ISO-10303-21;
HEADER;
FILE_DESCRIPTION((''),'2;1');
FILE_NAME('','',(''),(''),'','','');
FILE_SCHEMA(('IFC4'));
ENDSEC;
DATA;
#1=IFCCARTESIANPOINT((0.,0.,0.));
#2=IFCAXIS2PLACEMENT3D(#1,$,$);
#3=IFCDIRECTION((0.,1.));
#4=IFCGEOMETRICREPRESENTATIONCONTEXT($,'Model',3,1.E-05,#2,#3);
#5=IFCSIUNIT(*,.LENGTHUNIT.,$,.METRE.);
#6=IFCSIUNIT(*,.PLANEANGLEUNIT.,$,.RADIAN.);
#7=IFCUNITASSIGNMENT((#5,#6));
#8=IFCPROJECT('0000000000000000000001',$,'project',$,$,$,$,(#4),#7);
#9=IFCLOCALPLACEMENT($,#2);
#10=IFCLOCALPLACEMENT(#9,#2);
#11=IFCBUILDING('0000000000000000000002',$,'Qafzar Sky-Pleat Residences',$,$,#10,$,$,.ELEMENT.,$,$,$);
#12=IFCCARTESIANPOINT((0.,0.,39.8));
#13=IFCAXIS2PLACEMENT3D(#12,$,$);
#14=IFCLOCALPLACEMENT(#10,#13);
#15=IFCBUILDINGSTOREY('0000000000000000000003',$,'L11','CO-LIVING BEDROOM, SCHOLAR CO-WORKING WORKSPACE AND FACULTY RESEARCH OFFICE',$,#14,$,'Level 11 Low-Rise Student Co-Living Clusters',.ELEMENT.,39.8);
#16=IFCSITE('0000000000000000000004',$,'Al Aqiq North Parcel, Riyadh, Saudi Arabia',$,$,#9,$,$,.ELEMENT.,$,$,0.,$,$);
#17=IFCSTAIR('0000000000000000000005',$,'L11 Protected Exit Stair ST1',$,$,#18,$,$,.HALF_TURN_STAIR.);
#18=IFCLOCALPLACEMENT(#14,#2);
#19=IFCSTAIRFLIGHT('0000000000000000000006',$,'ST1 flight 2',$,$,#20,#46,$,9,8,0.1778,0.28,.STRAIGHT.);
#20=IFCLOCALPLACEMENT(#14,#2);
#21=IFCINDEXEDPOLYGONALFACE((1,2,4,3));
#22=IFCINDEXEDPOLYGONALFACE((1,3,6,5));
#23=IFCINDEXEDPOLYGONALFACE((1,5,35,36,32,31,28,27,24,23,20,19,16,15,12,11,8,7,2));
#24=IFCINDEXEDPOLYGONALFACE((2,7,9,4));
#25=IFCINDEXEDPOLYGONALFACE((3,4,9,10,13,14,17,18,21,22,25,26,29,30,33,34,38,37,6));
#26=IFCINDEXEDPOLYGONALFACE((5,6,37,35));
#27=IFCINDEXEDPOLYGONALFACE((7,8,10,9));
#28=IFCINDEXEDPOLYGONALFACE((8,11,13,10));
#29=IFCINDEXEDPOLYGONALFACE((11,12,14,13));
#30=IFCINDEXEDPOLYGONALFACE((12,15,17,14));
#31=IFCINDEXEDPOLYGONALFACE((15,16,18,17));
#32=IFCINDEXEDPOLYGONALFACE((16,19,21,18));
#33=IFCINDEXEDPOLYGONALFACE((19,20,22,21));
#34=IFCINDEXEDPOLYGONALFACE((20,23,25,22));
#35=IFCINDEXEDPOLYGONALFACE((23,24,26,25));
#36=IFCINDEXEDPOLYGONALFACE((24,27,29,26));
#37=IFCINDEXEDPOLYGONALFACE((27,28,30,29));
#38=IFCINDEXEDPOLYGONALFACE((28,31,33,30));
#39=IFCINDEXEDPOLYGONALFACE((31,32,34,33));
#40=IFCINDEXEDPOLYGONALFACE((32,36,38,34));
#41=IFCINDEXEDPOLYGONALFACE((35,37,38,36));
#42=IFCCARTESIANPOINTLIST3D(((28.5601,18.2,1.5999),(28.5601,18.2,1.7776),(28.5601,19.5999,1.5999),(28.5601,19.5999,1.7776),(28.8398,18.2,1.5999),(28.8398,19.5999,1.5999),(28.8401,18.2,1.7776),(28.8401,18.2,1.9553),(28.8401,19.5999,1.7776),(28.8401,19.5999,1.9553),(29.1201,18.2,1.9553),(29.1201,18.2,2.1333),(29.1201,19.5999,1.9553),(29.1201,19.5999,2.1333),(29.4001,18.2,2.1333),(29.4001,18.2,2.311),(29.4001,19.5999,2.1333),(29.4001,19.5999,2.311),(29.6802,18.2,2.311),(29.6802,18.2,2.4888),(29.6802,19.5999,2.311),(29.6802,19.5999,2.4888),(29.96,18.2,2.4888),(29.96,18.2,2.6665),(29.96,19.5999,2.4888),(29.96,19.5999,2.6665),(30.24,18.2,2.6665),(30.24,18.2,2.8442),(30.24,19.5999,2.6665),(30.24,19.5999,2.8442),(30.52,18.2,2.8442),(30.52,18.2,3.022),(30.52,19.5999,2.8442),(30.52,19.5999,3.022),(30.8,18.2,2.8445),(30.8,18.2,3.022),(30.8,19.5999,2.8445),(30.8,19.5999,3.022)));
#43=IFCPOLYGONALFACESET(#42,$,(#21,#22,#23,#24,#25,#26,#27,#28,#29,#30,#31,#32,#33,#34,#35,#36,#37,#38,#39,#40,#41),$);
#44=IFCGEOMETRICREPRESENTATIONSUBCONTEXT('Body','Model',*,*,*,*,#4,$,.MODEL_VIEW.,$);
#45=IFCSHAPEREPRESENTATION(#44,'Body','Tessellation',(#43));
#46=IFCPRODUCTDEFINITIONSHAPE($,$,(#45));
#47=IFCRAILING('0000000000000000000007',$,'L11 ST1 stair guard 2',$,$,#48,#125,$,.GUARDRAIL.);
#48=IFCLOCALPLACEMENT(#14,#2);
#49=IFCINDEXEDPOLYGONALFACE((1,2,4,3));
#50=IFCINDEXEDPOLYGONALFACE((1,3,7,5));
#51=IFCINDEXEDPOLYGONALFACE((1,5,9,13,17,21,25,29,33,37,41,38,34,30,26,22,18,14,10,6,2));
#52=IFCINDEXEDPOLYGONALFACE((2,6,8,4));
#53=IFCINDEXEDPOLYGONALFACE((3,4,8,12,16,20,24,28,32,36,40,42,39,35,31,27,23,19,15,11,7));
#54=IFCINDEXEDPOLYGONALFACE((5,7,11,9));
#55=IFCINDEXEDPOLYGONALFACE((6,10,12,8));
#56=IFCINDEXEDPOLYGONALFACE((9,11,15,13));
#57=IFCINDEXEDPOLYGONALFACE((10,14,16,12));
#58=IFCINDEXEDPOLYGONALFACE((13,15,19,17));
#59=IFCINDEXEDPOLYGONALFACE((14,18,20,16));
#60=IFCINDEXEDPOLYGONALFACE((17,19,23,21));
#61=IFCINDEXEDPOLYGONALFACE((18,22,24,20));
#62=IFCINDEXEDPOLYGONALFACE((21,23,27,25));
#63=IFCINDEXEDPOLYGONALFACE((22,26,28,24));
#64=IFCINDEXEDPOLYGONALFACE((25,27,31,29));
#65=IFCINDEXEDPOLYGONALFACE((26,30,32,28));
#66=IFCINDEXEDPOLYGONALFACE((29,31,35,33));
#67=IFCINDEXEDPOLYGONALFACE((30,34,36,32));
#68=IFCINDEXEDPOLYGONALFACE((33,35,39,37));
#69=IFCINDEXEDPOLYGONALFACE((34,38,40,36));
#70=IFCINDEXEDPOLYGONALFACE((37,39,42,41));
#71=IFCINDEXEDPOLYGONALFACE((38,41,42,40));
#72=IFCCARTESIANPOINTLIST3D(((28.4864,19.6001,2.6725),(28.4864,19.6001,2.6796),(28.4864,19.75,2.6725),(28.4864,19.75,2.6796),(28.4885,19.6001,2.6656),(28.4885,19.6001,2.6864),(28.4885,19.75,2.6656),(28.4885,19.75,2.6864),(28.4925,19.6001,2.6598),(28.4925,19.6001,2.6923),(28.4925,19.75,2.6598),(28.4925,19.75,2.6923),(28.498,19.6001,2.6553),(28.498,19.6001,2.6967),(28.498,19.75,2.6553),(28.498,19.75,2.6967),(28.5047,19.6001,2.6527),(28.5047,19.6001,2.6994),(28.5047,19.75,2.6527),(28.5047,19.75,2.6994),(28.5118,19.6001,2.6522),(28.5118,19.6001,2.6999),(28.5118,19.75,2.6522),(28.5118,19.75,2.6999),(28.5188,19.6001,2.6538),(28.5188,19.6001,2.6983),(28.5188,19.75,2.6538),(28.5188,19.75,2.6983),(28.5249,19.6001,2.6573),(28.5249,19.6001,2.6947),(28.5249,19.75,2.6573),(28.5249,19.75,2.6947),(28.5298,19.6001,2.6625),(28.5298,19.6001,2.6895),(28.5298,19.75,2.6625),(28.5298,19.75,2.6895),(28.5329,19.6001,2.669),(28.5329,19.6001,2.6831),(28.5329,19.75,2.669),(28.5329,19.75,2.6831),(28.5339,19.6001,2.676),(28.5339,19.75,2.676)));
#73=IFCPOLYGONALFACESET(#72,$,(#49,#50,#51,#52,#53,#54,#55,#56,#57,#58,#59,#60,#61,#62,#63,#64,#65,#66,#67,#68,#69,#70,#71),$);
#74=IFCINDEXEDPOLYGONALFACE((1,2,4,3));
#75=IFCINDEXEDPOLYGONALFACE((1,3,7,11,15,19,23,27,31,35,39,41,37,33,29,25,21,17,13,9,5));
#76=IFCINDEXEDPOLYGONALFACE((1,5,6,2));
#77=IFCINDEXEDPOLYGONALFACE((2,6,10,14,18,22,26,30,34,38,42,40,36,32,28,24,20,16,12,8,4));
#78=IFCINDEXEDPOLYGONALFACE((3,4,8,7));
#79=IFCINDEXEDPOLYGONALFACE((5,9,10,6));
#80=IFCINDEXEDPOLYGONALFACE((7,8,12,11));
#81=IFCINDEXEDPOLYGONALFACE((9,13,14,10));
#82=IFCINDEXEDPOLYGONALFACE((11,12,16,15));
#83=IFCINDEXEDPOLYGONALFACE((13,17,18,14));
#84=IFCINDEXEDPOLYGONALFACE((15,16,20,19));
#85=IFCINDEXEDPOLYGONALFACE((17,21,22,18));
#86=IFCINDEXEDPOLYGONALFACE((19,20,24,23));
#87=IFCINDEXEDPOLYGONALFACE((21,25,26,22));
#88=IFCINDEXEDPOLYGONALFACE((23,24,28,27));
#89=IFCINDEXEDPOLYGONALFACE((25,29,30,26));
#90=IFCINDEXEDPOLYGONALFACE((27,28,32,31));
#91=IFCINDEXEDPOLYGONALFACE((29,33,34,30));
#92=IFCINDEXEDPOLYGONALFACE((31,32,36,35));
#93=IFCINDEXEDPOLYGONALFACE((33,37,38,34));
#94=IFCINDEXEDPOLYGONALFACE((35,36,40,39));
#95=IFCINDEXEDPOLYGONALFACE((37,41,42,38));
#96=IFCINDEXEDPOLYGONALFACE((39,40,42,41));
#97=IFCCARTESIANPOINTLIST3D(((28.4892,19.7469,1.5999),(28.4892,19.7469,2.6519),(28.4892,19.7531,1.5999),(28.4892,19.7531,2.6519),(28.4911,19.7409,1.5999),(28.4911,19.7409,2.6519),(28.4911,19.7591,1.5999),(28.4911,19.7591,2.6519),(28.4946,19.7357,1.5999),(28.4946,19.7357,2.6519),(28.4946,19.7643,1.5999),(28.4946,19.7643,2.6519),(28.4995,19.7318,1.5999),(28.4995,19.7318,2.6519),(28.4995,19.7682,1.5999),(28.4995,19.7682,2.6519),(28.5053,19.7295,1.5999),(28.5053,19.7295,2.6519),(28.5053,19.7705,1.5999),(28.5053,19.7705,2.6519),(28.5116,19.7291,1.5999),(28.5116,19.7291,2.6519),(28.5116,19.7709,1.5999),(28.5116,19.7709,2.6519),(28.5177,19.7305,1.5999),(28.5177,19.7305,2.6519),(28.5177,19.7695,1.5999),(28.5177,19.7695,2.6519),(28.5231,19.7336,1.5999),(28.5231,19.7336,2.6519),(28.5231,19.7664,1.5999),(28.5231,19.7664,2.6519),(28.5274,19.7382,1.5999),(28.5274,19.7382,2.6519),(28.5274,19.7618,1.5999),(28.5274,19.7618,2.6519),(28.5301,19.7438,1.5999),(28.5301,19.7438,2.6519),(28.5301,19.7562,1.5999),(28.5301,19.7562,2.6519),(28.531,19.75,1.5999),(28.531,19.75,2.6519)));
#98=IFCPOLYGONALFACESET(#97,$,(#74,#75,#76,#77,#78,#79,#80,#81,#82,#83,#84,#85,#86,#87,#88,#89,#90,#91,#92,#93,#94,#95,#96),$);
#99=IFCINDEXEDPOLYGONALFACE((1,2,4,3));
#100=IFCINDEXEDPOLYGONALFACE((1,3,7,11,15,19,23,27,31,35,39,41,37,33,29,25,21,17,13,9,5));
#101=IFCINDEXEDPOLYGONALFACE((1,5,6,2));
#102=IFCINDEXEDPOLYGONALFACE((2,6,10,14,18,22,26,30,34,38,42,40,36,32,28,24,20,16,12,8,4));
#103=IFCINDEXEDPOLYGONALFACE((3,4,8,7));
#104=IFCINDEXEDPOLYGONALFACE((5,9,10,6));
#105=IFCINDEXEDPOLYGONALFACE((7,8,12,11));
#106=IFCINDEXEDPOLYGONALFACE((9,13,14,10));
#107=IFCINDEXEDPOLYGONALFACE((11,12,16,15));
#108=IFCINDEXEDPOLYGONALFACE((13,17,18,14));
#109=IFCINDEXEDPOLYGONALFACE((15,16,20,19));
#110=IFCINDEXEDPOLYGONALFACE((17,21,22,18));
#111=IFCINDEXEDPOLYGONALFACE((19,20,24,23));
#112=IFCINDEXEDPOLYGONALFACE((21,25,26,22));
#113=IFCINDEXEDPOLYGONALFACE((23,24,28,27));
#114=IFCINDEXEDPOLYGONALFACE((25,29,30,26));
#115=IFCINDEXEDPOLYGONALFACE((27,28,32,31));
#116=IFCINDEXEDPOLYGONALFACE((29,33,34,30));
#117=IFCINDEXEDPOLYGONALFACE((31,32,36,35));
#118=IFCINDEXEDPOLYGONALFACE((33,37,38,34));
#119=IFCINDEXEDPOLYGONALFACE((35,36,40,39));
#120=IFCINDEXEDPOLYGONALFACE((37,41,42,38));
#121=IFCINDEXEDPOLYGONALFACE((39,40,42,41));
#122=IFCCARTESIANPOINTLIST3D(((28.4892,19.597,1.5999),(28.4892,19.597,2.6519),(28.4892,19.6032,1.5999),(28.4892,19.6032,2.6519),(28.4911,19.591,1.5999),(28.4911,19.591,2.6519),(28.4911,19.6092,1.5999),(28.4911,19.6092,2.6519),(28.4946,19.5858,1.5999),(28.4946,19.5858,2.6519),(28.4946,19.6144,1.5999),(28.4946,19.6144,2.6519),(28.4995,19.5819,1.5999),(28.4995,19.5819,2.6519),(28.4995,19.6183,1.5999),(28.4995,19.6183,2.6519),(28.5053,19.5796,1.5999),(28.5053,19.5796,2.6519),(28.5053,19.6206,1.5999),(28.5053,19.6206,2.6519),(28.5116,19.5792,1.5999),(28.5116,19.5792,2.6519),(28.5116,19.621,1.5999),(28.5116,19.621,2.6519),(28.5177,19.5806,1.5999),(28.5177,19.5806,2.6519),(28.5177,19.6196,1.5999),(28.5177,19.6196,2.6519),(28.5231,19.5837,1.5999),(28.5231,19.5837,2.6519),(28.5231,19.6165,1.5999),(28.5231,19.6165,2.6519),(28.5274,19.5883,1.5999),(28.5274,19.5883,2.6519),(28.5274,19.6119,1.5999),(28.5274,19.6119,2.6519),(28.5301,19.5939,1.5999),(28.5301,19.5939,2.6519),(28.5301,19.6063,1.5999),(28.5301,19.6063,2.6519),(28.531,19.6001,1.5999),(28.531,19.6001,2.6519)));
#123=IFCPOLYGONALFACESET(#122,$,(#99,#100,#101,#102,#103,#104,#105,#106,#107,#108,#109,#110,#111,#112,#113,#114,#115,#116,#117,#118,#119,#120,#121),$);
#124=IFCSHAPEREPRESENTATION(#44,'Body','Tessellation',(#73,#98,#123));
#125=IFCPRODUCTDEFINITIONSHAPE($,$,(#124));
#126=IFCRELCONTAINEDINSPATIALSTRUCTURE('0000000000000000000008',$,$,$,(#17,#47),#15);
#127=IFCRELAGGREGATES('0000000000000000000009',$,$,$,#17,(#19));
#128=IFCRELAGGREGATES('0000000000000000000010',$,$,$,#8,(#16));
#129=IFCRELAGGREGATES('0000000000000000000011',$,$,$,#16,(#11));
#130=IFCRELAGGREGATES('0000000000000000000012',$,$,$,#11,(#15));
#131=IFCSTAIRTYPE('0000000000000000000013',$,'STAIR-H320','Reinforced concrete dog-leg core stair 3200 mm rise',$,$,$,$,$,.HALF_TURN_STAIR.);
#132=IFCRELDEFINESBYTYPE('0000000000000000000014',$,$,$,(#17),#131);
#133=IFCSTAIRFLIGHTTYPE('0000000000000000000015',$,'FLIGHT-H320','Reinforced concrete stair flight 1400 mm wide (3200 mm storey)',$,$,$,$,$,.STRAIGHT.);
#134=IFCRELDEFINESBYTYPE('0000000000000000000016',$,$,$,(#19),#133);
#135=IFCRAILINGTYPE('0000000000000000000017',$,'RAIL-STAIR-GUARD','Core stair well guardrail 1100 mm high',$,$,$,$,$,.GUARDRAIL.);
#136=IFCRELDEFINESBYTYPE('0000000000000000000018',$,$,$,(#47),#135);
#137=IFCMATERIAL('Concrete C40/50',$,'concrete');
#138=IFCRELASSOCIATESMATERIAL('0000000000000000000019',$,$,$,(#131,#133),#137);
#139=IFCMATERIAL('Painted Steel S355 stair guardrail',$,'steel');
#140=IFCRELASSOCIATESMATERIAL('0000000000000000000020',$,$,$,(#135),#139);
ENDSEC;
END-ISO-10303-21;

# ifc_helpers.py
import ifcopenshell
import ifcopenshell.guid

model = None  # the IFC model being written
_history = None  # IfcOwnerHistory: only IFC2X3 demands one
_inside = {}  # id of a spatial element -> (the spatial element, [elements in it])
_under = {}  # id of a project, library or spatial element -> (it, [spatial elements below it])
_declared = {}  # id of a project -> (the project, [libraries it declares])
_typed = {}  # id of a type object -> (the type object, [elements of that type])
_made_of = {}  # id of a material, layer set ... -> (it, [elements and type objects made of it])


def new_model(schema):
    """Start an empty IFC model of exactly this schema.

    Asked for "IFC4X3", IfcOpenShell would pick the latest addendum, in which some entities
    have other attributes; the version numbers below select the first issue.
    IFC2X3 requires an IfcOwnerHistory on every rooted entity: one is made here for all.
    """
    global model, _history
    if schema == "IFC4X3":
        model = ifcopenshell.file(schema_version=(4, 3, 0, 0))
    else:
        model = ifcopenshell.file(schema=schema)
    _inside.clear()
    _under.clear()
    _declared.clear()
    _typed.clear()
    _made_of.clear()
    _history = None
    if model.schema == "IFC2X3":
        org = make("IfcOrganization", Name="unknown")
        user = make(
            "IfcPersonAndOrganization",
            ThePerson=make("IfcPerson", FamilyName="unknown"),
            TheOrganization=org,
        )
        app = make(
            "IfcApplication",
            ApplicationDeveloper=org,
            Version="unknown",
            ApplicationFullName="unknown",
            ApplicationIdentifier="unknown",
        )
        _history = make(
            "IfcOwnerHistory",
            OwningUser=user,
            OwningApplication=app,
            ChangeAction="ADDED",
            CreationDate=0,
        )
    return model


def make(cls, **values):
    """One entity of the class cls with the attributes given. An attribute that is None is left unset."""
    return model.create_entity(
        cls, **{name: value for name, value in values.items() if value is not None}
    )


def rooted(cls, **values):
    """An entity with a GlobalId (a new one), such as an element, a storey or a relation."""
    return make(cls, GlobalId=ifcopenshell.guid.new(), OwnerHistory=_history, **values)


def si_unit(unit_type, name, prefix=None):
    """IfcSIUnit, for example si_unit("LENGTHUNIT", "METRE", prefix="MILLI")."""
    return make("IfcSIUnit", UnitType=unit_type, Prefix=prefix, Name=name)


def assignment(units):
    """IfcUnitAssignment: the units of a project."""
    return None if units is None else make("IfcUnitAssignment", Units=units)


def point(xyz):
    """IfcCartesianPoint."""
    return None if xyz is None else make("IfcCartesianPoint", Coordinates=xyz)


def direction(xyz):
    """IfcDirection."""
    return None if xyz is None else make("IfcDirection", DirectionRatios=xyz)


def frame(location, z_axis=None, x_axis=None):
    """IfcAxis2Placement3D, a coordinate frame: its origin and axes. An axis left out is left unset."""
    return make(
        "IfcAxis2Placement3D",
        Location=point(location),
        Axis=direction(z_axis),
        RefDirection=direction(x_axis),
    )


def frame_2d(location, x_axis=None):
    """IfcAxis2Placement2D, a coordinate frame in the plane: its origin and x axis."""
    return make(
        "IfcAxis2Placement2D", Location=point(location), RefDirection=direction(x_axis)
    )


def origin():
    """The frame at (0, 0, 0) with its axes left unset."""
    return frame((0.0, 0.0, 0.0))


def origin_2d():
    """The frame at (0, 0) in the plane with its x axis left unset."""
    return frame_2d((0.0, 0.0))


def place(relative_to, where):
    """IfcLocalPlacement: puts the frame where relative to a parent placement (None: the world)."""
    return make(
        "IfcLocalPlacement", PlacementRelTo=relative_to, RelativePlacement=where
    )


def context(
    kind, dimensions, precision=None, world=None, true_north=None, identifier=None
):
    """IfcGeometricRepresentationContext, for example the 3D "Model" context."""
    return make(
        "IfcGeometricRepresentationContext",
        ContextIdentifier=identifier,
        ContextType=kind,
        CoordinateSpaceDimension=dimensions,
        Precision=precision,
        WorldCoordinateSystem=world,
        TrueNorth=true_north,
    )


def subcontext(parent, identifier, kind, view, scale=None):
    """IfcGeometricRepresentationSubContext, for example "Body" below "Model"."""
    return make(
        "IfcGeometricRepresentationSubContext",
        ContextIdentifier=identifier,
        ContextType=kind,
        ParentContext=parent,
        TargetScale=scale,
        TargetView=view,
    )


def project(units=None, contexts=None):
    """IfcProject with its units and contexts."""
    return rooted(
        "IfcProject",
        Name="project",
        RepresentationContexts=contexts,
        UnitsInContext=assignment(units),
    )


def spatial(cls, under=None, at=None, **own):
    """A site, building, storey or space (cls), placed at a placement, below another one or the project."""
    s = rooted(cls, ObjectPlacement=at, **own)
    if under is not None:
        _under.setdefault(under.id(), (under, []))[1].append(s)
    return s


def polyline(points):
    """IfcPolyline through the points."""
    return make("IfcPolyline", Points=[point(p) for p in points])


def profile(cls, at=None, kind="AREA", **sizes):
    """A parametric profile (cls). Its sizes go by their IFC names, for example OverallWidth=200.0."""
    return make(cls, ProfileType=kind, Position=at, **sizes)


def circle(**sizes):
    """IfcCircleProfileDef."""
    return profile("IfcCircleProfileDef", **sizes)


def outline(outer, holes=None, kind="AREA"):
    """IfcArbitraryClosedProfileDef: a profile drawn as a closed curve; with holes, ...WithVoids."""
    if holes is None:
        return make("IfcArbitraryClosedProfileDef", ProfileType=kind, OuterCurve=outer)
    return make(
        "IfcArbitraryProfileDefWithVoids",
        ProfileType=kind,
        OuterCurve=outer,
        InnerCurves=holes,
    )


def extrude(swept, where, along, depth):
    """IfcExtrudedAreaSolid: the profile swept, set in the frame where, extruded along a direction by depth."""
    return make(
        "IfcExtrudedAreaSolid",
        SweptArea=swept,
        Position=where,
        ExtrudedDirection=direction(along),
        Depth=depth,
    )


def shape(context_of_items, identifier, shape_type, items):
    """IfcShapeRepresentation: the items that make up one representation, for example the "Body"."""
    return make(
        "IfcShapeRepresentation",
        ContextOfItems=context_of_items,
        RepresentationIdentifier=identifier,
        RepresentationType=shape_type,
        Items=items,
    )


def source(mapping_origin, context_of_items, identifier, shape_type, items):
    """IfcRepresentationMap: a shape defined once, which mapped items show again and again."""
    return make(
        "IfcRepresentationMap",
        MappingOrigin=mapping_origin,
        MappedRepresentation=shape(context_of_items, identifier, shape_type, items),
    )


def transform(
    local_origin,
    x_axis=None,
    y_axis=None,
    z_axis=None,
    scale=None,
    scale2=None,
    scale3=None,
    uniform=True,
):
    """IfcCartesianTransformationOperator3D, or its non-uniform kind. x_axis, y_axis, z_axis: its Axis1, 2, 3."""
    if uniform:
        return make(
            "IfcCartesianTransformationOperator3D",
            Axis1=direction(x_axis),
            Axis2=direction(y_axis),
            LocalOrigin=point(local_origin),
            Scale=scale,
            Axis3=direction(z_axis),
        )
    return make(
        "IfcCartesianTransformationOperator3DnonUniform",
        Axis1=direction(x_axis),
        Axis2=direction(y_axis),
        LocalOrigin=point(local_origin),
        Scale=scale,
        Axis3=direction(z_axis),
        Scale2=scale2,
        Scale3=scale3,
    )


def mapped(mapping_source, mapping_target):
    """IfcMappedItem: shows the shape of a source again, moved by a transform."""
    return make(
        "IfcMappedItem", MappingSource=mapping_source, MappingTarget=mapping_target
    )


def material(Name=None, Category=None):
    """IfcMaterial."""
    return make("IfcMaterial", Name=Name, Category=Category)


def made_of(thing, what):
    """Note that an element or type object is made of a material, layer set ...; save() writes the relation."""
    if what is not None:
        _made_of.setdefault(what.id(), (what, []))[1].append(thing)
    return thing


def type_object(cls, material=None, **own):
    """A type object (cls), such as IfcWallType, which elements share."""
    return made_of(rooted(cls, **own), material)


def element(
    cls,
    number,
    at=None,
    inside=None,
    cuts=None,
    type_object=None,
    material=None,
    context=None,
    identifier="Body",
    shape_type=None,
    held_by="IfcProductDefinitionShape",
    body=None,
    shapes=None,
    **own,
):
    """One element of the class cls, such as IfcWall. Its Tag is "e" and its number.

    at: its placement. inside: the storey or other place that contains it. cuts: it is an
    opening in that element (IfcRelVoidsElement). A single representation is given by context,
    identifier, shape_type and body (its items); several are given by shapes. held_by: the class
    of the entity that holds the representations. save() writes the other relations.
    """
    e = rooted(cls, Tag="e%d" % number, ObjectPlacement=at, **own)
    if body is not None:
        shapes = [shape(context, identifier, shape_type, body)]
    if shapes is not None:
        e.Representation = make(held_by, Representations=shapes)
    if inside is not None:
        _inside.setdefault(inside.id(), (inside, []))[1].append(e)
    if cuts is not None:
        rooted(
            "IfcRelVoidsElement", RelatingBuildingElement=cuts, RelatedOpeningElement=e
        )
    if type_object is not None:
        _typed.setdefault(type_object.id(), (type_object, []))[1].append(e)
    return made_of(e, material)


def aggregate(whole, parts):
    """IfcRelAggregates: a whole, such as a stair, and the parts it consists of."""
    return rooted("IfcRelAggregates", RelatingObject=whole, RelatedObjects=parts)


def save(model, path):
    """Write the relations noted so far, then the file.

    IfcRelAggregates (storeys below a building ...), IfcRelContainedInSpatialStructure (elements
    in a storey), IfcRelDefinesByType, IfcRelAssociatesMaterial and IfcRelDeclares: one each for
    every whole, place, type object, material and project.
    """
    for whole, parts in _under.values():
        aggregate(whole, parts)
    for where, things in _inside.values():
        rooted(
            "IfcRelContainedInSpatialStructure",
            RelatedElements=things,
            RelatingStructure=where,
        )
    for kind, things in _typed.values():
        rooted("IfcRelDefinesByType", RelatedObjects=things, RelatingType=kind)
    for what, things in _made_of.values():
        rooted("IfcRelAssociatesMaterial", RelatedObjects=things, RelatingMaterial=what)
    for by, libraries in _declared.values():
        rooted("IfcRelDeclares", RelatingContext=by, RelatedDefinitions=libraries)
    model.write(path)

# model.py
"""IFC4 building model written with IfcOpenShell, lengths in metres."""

from ifc_helpers import new_model, si_unit, direction, frame, origin, origin_2d, place, context, subcontext, project, spatial, polyline, circle, outline, extrude, source, transform, mapped, material, type_object, element, aggregate, save


model = new_model("IFC4")

# Units and contexts
model_context = context("Model", 3, precision=1e-05, world=origin(), true_north=direction((0.0, 1.0)))
body_context = subcontext(model_context, "Body", "Model", "MODEL_VIEW")
ifc_project = project(units=[si_unit("LENGTHUNIT", "METRE"), si_unit("PLANEANGLEUNIT", "RADIAN")], contexts=[model_context])

# Site, building, storey
site_placement = place(None, origin())
site = spatial("IfcSite", under=ifc_project, at=site_placement, Name="Al Aqiq North Parcel, Riyadh, Saudi Arabia", CompositionType="ELEMENT", RefElevation=0.0)
building_placement = place(site_placement, origin())
building = spatial("IfcBuilding", under=site, at=building_placement, Name="Qafzar Sky-Pleat Residences", CompositionType="ELEMENT")
storey_placement = place(building_placement, frame((0.0, 0.0, 39.8)))
storey = spatial("IfcBuildingStorey", under=building, at=storey_placement, Name="L11", Description="CO-LIVING BEDROOM, SCHOLAR CO-WORKING WORKSPACE AND FACULTY RESEARCH OFFICE", LongName="Level 11 Low-Rise Student Co-Living Clusters", CompositionType="ELEMENT", Elevation=39.8)

# Stair, stair flight
ifc_material_1 = material(Name="Concrete C40/50", Category="concrete")
stair_type = type_object("IfcStairType", Name="STAIR-H320", Description="Reinforced concrete dog-leg core stair 3200 mm rise", PredefinedType="HALF_TURN_STAIR", material=ifc_material_1)
stair_placement = place(storey_placement, origin())
stair = element("IfcStair", 1, at=stair_placement, inside=storey, type_object=stair_type, Name="L11 Protected Exit Stair ST1", PredefinedType="HALF_TURN_STAIR")
stair_flight_type = type_object("IfcStairFlightType", Name="FLIGHT-H320", Description="Reinforced concrete stair flight 1400 mm wide (3200 mm storey)", PredefinedType="STRAIGHT", material=ifc_material_1)
shared_shape_1 = source(origin(), body_context, "Body", "SweptSolid", [
    extrude(outline(polyline([(0.0, 0.0), (0.0, 0.1777), (0.28, 0.1777), (0.28, 0.3555), (0.5601, 0.3555), (0.5601, 0.5334), (0.8401, 0.5334), (0.8401, 0.7112), (1.1201, 0.7112), (1.1201, 0.8889), (1.3999, 0.8889), (1.3999, 1.0667), (1.6799, 1.0667), (1.6799, 1.2444), (1.96, 1.2444), (1.96, 1.4221), (2.24, 1.4221), (2.24, 1.6001), (2.24, 1.2446), (0.2798, 0.0), (0.0, 0.0)])), frame((0.0, 0.7, 0.0), z_axis=(0.0, -1.0, 0.0), x_axis=(1.0, 0.0, 0.0)), (0.0, 0.0, 1.0), 1.3999),
])
stair_flight_placement = place(storey_placement, frame((28.5601, 18.8999, 1.5999), z_axis=(0.0, 0.0, 1.0), x_axis=(1.0, 0.0, 0.0)))
stair_flight = element("IfcStairFlight", 2, at=stair_flight_placement, type_object=stair_flight_type, Name="ST1 flight 2", NumberOfRisers=9, NumberOfTreads=8, PredefinedType="STRAIGHT", RiserHeight=0.1778, TreadLength=0.28, context=body_context, shape_type="MappedRepresentation", body=[
    mapped(shared_shape_1, transform((0.0, 0.0, 0.0), x_axis=(1.0, 0.0, 0.0), y_axis=(0.0, 1.0, 0.0), z_axis=(0.0, 0.0, 1.0), scale=1.0)),
])
aggregate(stair, [stair_flight])

# Railing
ifc_material_2 = material(Name="Painted Steel S355 stair guardrail", Category="steel")
railing_type_1 = type_object("IfcRailingType", Name="RAIL-STAIR-GUARD", Description="Core stair well guardrail 1100 mm high", PredefinedType="GUARDRAIL", material=ifc_material_2)
shared_shape_2 = source(origin(), body_context, "Body", "SweptSolid", [
    extrude(circle(Radius=0.0239, at=origin_2d()), frame((0.0, 0.0, 1.0762), z_axis=(0.0, -1.0, 0.0), x_axis=(1.0, 0.0, 0.0)), (0.0, 0.0, 1.0), 0.1499),
    extrude(circle(Radius=0.021, at=origin_2d()), origin(), (0.0, 0.0, 1.0), 1.052),
    extrude(circle(Radius=0.021, at=origin_2d()), frame((0.0, -0.1499, 0.0)), (0.0, 0.0, 1.0), 1.052),
])
railing_placement = place(storey_placement, frame((28.51, 19.75, 1.5999)))
element("IfcRailing", 3, at=railing_placement, inside=storey, type_object=railing_type_1, Name="L11 ST1 stair guard 2", PredefinedType="GUARDRAIL", context=body_context, shape_type="MappedRepresentation", body=[
    mapped(shared_shape_2, transform((0.0, 0.0, 0.0), x_axis=(1.0, 0.0, 0.0), y_axis=(0.0, 1.0, 0.0), z_axis=(0.0, 0.0, 1.0), scale=1.0)),
])

save(model, "model.ifc")
